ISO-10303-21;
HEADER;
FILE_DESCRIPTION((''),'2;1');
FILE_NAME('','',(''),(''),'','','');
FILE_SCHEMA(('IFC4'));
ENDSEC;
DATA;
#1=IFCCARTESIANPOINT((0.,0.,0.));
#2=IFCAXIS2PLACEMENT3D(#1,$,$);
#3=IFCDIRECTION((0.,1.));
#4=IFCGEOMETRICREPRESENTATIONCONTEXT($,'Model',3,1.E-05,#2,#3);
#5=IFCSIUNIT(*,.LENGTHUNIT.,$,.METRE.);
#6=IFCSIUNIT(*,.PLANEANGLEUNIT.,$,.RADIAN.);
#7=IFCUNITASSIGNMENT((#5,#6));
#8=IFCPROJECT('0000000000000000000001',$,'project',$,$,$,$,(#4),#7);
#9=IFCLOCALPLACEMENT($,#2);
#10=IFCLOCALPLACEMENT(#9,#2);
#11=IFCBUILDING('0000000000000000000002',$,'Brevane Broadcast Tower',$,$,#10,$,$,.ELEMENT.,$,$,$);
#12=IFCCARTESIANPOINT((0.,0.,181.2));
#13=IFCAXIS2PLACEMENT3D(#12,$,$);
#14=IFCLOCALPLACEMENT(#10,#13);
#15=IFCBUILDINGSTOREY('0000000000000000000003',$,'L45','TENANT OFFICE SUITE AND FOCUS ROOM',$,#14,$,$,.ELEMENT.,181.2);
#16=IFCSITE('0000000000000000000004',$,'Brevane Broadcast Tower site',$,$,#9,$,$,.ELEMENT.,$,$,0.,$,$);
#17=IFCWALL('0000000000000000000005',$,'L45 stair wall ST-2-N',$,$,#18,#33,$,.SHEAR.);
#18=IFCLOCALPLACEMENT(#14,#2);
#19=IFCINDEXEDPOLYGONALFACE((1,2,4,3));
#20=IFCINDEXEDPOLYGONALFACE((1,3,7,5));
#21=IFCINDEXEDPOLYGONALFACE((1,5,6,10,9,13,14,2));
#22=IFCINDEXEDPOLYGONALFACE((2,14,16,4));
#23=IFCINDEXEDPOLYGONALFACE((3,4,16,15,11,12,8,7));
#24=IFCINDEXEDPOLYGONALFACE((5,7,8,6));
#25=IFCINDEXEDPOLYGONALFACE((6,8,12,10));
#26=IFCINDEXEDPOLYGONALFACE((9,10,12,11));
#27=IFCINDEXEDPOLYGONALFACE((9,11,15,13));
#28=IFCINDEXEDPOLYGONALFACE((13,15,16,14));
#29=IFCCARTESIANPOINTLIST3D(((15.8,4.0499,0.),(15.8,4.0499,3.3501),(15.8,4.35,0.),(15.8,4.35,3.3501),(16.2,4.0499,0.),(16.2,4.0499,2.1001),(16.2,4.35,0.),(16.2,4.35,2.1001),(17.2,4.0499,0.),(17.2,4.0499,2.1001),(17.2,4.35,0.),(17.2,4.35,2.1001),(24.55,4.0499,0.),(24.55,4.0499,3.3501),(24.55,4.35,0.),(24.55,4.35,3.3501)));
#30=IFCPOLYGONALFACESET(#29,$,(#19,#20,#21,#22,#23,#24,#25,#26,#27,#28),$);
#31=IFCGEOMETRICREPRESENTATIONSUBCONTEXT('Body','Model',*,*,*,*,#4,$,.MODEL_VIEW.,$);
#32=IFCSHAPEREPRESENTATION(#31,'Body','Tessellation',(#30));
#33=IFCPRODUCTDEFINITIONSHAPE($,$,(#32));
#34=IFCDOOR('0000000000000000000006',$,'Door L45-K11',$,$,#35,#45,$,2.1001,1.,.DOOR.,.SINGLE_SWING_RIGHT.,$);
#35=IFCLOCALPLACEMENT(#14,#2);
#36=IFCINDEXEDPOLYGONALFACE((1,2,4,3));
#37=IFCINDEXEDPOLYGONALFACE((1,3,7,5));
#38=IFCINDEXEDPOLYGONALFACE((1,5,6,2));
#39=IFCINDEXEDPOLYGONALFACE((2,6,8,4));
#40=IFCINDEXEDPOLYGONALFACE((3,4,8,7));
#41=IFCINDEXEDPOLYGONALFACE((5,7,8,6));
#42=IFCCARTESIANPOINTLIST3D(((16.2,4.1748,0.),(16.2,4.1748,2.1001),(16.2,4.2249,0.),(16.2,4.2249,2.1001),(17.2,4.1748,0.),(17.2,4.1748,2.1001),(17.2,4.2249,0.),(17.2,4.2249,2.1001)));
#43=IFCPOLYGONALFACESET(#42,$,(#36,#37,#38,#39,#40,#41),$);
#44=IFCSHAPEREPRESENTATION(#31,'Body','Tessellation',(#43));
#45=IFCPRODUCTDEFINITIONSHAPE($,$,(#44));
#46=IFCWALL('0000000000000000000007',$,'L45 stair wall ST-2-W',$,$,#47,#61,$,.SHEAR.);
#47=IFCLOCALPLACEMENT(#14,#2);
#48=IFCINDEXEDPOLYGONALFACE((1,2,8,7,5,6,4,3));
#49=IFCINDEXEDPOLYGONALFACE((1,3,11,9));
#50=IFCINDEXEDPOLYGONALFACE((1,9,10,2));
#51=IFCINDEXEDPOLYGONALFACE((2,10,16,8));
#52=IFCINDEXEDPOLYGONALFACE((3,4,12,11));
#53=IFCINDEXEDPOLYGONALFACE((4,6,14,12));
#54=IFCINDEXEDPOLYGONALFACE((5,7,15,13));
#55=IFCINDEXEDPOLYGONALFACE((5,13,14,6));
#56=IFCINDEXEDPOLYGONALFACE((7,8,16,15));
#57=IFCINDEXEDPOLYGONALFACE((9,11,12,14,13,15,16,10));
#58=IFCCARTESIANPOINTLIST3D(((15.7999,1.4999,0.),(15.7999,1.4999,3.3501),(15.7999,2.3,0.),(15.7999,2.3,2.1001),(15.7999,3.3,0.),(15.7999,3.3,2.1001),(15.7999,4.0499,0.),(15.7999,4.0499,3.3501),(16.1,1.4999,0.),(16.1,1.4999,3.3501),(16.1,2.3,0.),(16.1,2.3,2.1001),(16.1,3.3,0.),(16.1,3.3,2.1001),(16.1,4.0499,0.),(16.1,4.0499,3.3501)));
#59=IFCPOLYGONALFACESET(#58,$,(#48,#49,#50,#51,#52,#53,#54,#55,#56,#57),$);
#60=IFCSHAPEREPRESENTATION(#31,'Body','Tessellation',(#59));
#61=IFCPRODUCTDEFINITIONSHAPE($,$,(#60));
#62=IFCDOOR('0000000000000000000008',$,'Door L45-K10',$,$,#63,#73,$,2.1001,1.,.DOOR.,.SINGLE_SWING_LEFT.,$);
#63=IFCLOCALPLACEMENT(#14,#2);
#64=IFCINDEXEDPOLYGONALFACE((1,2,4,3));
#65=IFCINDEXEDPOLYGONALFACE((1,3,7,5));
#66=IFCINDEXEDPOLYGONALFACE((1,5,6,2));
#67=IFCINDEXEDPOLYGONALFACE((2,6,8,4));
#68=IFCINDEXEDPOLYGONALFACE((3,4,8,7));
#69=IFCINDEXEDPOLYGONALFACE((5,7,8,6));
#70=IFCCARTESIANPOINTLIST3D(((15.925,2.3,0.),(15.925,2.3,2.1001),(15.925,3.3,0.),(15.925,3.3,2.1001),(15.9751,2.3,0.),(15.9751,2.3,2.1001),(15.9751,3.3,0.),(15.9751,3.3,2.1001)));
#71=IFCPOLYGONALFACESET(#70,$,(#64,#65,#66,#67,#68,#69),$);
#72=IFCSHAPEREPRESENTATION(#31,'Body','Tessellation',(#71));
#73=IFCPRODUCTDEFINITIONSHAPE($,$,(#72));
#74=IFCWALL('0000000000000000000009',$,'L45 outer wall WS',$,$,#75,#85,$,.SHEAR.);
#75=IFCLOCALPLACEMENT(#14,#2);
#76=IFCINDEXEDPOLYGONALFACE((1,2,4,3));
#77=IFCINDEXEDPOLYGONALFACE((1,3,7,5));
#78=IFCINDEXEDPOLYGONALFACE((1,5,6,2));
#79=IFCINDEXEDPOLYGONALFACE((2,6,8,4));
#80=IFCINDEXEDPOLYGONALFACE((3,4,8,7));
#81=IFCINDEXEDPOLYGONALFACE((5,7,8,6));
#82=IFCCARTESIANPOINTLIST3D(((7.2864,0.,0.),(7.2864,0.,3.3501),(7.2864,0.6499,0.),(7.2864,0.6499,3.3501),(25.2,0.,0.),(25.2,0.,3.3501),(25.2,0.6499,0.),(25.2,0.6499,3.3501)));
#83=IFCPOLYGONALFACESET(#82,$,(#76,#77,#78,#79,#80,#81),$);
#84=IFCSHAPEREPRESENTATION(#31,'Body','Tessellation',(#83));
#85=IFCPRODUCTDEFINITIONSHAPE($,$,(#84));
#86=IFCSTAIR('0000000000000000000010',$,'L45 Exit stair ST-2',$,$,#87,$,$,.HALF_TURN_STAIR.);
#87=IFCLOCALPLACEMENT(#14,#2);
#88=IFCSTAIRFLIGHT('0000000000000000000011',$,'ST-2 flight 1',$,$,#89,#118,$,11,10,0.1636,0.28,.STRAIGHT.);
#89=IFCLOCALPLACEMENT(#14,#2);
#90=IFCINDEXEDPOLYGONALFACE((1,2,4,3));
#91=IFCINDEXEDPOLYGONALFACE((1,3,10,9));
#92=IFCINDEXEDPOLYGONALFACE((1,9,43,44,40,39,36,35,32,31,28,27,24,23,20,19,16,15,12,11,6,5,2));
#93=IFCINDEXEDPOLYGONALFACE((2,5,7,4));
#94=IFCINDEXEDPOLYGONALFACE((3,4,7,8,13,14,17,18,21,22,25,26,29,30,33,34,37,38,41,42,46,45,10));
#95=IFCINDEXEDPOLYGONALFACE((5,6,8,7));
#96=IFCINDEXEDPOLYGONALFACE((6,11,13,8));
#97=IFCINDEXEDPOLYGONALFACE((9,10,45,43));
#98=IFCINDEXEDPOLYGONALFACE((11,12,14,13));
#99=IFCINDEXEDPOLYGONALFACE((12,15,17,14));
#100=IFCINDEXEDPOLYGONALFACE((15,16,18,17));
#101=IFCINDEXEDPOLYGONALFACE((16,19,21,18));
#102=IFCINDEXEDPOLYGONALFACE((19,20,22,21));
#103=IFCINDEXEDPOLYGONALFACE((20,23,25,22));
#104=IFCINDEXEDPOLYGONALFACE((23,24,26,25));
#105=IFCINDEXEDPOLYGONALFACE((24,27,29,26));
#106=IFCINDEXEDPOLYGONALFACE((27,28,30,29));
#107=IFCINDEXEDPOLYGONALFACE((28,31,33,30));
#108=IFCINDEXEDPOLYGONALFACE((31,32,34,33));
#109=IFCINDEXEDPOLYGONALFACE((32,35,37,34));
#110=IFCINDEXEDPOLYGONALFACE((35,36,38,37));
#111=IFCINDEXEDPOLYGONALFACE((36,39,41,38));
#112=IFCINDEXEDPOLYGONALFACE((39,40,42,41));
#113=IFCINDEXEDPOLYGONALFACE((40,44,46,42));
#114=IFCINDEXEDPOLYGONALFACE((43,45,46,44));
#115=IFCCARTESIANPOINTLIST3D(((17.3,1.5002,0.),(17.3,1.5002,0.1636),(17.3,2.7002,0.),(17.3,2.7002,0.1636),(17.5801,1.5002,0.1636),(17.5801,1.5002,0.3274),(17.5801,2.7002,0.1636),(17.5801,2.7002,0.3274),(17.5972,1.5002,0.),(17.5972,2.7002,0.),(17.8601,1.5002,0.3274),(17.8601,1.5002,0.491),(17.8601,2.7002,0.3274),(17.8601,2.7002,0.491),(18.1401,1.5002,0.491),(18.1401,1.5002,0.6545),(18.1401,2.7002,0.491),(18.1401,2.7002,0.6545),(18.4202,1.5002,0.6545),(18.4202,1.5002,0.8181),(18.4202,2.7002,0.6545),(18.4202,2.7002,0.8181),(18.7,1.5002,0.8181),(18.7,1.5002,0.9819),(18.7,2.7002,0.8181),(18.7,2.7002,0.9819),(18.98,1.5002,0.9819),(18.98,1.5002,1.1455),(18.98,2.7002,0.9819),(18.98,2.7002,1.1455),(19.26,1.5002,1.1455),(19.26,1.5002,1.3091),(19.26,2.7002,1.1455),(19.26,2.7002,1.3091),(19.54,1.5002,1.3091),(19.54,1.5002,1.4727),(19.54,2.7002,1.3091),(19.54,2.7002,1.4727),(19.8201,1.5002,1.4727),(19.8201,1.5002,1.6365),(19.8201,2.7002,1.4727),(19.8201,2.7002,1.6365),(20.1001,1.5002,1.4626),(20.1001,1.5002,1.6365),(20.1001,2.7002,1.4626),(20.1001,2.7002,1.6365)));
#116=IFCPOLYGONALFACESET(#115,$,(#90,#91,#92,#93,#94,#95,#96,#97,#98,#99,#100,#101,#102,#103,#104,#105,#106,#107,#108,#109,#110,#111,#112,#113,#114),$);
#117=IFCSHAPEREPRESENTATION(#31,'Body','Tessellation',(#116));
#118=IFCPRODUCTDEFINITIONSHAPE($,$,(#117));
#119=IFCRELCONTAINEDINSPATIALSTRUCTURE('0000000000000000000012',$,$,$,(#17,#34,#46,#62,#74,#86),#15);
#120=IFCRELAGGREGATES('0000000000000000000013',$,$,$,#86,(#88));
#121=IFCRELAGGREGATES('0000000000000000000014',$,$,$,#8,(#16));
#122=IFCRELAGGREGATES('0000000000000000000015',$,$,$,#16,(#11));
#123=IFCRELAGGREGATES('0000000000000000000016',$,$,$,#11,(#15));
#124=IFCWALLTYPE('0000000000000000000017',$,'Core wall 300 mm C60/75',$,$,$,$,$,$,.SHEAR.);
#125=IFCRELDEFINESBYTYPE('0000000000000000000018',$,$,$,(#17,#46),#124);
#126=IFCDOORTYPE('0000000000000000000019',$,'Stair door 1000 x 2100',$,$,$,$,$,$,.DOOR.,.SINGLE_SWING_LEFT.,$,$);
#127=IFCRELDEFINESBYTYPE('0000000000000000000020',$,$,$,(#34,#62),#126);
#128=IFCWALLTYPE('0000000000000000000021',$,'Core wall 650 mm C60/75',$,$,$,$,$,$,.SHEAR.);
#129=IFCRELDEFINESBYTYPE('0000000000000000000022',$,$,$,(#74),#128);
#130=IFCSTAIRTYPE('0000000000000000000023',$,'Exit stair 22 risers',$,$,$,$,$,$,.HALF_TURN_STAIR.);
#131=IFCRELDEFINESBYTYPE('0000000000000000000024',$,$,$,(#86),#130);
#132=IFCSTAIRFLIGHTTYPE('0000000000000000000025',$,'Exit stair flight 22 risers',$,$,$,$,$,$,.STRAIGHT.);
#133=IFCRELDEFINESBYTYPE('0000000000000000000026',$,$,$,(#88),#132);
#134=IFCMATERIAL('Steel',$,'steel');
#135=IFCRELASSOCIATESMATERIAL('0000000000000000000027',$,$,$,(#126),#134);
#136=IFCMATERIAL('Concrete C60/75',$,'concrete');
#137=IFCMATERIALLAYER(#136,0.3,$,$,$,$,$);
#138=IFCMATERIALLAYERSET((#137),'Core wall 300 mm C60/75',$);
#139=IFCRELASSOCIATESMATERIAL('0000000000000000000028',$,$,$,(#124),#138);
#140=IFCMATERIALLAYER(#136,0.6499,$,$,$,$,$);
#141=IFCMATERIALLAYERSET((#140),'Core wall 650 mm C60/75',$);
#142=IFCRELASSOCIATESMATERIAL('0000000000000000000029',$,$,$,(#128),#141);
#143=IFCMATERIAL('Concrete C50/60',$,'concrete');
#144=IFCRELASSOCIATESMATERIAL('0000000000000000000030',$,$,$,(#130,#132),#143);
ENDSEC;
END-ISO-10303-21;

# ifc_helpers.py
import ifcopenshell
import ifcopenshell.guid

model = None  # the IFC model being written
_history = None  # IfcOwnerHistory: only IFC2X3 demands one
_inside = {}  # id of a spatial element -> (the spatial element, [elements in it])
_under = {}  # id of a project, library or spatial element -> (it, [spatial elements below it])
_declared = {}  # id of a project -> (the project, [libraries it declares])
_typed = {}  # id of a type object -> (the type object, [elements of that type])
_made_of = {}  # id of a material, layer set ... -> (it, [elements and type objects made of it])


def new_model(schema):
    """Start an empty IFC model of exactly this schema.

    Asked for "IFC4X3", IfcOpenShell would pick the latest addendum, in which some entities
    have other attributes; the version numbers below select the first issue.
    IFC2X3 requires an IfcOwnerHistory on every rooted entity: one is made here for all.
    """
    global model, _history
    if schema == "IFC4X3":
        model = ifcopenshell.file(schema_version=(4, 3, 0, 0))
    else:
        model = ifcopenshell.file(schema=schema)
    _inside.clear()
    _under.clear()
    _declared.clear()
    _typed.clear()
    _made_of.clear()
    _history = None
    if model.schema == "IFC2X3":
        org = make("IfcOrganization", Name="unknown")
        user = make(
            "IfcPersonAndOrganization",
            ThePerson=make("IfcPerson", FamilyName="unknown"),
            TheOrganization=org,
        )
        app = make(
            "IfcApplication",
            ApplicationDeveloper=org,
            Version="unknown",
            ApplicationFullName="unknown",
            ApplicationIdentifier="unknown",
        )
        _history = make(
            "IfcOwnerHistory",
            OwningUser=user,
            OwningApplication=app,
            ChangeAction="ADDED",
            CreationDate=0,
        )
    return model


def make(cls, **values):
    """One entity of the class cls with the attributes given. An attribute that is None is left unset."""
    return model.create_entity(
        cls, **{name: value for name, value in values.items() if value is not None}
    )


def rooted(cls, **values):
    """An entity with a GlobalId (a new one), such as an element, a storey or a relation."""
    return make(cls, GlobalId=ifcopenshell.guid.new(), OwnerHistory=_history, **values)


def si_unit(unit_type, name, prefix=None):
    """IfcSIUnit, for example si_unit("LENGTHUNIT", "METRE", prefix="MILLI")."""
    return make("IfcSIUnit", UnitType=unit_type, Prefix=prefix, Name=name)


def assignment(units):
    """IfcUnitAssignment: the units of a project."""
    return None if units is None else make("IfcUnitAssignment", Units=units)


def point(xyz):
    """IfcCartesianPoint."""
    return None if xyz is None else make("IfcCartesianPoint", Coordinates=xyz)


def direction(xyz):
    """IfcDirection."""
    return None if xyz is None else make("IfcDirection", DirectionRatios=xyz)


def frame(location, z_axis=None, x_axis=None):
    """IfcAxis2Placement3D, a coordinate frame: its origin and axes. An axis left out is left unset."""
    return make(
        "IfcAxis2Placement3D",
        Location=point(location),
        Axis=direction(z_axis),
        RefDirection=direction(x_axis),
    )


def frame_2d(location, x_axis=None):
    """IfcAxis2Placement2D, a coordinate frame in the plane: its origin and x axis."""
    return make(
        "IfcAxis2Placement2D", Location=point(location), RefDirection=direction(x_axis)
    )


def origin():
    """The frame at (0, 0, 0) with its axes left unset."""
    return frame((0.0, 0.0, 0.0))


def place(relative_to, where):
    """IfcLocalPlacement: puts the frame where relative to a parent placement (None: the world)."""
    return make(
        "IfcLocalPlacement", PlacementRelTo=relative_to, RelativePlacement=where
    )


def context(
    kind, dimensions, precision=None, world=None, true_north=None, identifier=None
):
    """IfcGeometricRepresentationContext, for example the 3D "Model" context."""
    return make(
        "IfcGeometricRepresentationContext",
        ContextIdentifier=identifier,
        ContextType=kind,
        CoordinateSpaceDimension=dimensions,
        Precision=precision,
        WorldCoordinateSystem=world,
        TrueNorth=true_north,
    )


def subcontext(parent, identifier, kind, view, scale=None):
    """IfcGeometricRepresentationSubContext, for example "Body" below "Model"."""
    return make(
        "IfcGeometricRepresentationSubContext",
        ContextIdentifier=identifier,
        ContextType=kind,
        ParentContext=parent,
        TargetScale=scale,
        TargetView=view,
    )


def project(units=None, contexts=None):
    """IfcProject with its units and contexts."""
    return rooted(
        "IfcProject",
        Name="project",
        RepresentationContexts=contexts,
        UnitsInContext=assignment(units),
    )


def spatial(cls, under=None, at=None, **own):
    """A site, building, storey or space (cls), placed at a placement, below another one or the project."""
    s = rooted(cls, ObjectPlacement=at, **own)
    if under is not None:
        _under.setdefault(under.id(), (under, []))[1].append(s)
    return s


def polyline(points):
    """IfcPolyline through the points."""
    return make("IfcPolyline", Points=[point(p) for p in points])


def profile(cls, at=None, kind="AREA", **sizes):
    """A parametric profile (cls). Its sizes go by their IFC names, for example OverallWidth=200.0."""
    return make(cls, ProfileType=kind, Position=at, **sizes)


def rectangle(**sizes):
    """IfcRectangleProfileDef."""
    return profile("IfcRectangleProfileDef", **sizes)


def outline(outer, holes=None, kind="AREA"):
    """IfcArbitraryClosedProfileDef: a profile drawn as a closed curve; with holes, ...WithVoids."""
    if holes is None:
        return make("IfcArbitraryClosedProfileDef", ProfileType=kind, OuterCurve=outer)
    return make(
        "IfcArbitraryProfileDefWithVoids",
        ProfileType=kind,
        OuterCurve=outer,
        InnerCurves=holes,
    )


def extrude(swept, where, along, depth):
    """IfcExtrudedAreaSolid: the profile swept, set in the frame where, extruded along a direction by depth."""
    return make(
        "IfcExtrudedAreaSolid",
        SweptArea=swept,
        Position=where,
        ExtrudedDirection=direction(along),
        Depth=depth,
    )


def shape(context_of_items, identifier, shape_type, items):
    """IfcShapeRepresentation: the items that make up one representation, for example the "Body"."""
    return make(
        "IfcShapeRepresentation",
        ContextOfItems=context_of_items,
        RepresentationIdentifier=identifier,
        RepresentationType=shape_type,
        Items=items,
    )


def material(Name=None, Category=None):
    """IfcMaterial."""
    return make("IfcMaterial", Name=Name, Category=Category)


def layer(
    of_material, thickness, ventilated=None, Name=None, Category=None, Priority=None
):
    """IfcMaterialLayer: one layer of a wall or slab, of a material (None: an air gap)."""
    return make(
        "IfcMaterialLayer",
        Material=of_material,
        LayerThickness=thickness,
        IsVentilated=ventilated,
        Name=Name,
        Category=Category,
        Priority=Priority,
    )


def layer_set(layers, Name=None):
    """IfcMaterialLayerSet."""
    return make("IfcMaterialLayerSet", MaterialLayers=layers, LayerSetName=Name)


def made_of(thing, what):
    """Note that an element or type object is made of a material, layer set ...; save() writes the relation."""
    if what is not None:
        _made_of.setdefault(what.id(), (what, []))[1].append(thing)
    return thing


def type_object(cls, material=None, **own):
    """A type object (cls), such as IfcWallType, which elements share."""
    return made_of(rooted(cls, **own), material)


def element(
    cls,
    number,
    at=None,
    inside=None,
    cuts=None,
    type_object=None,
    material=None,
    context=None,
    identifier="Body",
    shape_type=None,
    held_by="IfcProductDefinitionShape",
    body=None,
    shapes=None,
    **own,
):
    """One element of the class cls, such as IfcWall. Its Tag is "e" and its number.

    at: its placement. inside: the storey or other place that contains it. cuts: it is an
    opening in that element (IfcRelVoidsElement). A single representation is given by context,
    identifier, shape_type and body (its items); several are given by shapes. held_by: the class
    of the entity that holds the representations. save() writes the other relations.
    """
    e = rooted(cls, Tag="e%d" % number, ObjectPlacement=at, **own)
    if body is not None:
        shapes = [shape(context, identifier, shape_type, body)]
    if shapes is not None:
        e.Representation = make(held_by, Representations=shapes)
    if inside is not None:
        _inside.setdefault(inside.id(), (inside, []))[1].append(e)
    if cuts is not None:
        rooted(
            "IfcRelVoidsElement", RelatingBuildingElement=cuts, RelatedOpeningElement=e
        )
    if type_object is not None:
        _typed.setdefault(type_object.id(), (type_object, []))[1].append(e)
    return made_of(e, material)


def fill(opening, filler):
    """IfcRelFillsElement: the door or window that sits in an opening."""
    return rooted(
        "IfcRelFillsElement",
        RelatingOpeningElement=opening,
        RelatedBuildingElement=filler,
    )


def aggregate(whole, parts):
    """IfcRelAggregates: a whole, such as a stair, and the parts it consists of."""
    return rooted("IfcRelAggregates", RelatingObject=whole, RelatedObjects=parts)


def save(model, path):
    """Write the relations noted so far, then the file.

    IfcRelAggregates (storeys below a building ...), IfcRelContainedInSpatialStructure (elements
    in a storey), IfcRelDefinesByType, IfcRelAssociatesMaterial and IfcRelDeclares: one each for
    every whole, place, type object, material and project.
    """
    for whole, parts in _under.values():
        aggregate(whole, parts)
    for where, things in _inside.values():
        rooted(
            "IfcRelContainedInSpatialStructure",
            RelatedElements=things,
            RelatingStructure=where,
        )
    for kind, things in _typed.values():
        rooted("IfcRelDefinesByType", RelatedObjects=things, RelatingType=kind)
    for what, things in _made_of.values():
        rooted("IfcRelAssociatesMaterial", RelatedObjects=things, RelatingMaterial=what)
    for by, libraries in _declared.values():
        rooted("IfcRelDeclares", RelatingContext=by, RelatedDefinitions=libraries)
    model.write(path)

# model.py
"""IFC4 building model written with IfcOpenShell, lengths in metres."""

from ifc_helpers import new_model, si_unit, direction, frame, frame_2d, origin, place, context, subcontext, project, spatial, polyline, rectangle, outline, extrude, material, layer, layer_set, type_object, element, fill, aggregate, save


model = new_model("IFC4")

# Units and contexts
model_context = context("Model", 3, precision=1e-05, world=origin(), true_north=direction((0.0, 1.0)))
body_context = subcontext(model_context, "Body", "Model", "MODEL_VIEW")
ifc_project = project(units=[si_unit("LENGTHUNIT", "METRE"), si_unit("PLANEANGLEUNIT", "RADIAN")], contexts=[model_context])

# Site, building, storey
site_placement = place(None, origin())
site = spatial("IfcSite", under=ifc_project, at=site_placement, Name="Brevane Broadcast Tower site", CompositionType="ELEMENT", RefElevation=0.0)
building_placement = place(site_placement, origin())
building = spatial("IfcBuilding", under=site, at=building_placement, Name="Brevane Broadcast Tower", CompositionType="ELEMENT")
storey_placement = place(building_placement, frame((0.0, 0.0, 181.2)))
storey = spatial("IfcBuildingStorey", under=building, at=storey_placement, Name="L45", Description="TENANT OFFICE SUITE AND FOCUS ROOM", CompositionType="ELEMENT", Elevation=181.2)

# Shared definitions
ifc_material_1 = material(Name="Steel", Category="steel")
door_type_1 = type_object("IfcDoorType", Name="Stair door 1000 x 2100", OperationType="SINGLE_SWING_LEFT", PredefinedType="DOOR", material=ifc_material_1)

# Shared definitions
ifc_material_2 = material(Name="Concrete C60/75", Category="concrete")
ifc_layer_1 = layer(ifc_material_2, 0.3)
ifc_layer_set_1 = layer_set([ifc_layer_1], Name="Core wall 300 mm C60/75")
wall_type_1 = type_object("IfcWallType", Name="Core wall 300 mm C60/75", PredefinedType="SHEAR", material=ifc_layer_set_1)

# Walls, openings, doors
wall_1_placement = place(storey_placement, frame((15.8, 4.2, 0.0), z_axis=(0.0, 0.0, 1.0), x_axis=(1.0, 0.0, 0.0)))
wall_1 = element("IfcWall", 1, at=wall_1_placement, inside=storey, type_object=wall_type_1, Name="L45 stair wall ST-2-N", PredefinedType="SHEAR", context=body_context, shape_type="SweptSolid", body=[
    extrude(rectangle(XDim=8.75, YDim=0.3, at=frame_2d((4.375, 0.0))), origin(), (0.0, 0.0, 1.0), 3.3501),
])
opening_1_placement = place(wall_1_placement, frame((0.3999, 0.0, 0.0)))
opening_1 = element("IfcOpeningElement", 2, at=opening_1_placement, cuts=wall_1, PredefinedType="OPENING", context=body_context, shape_type="SweptSolid", body=[
    extrude(rectangle(XDim=1.0, YDim=2.1001, at=frame_2d((0.5, 1.05))), frame((0.0, 0.1599, 0.0), z_axis=(0.0, -1.0, 0.0), x_axis=(1.0, 0.0, 0.0)), (0.0, 0.0, 1.0), 0.3201),
])
door_1_placement = place(opening_1_placement, origin())
door_1 = element("IfcDoor", 3, at=door_1_placement, inside=storey, type_object=door_type_1, Name="Door L45-K11", OperationType="SINGLE_SWING_RIGHT", OverallHeight=2.1001, OverallWidth=1.0, PredefinedType="DOOR", context=body_context, shape_type="SweptSolid", body=[
    extrude(rectangle(XDim=1.0, YDim=2.1001, at=frame_2d((0.5, 1.05))), frame((0.0, 0.0249, 0.0), z_axis=(0.0, -1.0, 0.0), x_axis=(1.0, 0.0, 0.0)), (0.0, 0.0, 1.0), 0.05),
])
fill(opening_1, door_1)
wall_2_placement = place(storey_placement, frame((15.95, 1.5, 0.0), z_axis=(0.0, 0.0, 1.0), x_axis=(0.0, 1.0, 0.0)))
wall_2 = element("IfcWall", 4, at=wall_2_placement, inside=storey, type_object=wall_type_1, Name="L45 stair wall ST-2-W", PredefinedType="SHEAR", context=body_context, shape_type="SweptSolid", body=[
    extrude(rectangle(XDim=2.55, YDim=0.3, at=frame_2d((1.2749, 0.0))), origin(), (0.0, 0.0, 1.0), 3.3501),
])
opening_2_placement = place(wall_2_placement, frame((0.8, 0.0, 0.0)))
opening_2 = element("IfcOpeningElement", 5, at=opening_2_placement, cuts=wall_2, PredefinedType="OPENING", context=body_context, shape_type="SweptSolid", body=[
    extrude(rectangle(XDim=1.0, YDim=2.1001, at=frame_2d((0.5, 1.05))), frame((0.0, 0.1599, 0.0), z_axis=(0.0, -1.0, 0.0), x_axis=(1.0, 0.0, 0.0)), (0.0, 0.0, 1.0), 0.3201),
])
door_2_placement = place(opening_2_placement, origin())
door_2 = element("IfcDoor", 6, at=door_2_placement, inside=storey, type_object=door_type_1, Name="Door L45-K10", OperationType="SINGLE_SWING_LEFT", OverallHeight=2.1001, OverallWidth=1.0, PredefinedType="DOOR", context=body_context, shape_type="SweptSolid", body=[
    extrude(rectangle(XDim=1.0, YDim=2.1001, at=frame_2d((0.5, 1.05))), frame((0.0, 0.0249, 0.0), z_axis=(0.0, -1.0, 0.0), x_axis=(1.0, 0.0, 0.0)), (0.0, 0.0, 1.0), 0.05),
])
fill(opening_2, door_2)

# Wall
ifc_layer_2 = layer(ifc_material_2, 0.6499)
ifc_layer_set_2 = layer_set([ifc_layer_2], Name="Core wall 650 mm C60/75")
wall_type_2 = type_object("IfcWallType", Name="Core wall 650 mm C60/75", PredefinedType="SHEAR", material=ifc_layer_set_2)
wall_3_placement = place(storey_placement, frame((7.2864, 0.325, 0.0), z_axis=(0.0, 0.0, 1.0), x_axis=(1.0, 0.0, 0.0)))
element("IfcWall", 7, at=wall_3_placement, inside=storey, type_object=wall_type_2, Name="L45 outer wall WS", PredefinedType="SHEAR", context=body_context, shape_type="SweptSolid", body=[
    extrude(rectangle(XDim=17.9136, YDim=0.6499, at=frame_2d((8.9568, 0.0))), origin(), (0.0, 0.0, 1.0), 3.3501),
])

# Stair, stair flight
ifc_material_3 = material(Name="Concrete C50/60", Category="concrete")
stair_type = type_object("IfcStairType", Name="Exit stair 22 risers", PredefinedType="HALF_TURN_STAIR", material=ifc_material_3)
stair_placement = place(storey_placement, origin())
stair = element("IfcStair", 8, at=stair_placement, inside=storey, type_object=stair_type, Name="L45 Exit stair ST-2", PredefinedType="HALF_TURN_STAIR")
stair_flight_type = type_object("IfcStairFlightType", Name="Exit stair flight 22 risers", PredefinedType="STRAIGHT", material=ifc_material_3)
stair_flight_placement = place(storey_placement, frame((17.3, 2.1001, 0.0), z_axis=(0.0, 0.0, 1.0), x_axis=(1.0, 0.0, 0.0)))
stair_flight = element("IfcStairFlight", 9, at=stair_flight_placement, type_object=stair_flight_type, Name="ST-2 flight 1", NumberOfRisers=11, NumberOfTreads=10, PredefinedType="STRAIGHT", RiserHeight=0.1636, TreadLength=0.28, context=body_context, shape_type="SweptSolid", body=[
    extrude(outline(polyline([(0.0, 0.0), (0.0, 0.1636), (0.28, 0.1636), (0.28, 0.3274), (0.5601, 0.3274), (0.5601, 0.491), (0.8401, 0.491), (0.8401, 0.6545), (1.1201, 0.6545), (1.1201, 0.8181), (1.3999, 0.8181), (1.3999, 0.9819), (1.6799, 0.9819), (1.6799, 1.1455), (1.96, 1.1455), (1.96, 1.3091), (2.24, 1.3091), (2.24, 1.4727), (2.52, 1.4727), (2.52, 1.6365), (2.8, 1.6365), (2.8, 1.8), (2.8, 1.4626), (0.2971, 0.0), (0.0, 0.0)])), frame((0.0, 0.6001, 0.0), z_axis=(0.0, -1.0, 0.0), x_axis=(1.0, 0.0, 0.0)), (0.0, 0.0, 1.0), 1.2),
])
aggregate(stair, [stair_flight])

save(model, "model.ifc")
